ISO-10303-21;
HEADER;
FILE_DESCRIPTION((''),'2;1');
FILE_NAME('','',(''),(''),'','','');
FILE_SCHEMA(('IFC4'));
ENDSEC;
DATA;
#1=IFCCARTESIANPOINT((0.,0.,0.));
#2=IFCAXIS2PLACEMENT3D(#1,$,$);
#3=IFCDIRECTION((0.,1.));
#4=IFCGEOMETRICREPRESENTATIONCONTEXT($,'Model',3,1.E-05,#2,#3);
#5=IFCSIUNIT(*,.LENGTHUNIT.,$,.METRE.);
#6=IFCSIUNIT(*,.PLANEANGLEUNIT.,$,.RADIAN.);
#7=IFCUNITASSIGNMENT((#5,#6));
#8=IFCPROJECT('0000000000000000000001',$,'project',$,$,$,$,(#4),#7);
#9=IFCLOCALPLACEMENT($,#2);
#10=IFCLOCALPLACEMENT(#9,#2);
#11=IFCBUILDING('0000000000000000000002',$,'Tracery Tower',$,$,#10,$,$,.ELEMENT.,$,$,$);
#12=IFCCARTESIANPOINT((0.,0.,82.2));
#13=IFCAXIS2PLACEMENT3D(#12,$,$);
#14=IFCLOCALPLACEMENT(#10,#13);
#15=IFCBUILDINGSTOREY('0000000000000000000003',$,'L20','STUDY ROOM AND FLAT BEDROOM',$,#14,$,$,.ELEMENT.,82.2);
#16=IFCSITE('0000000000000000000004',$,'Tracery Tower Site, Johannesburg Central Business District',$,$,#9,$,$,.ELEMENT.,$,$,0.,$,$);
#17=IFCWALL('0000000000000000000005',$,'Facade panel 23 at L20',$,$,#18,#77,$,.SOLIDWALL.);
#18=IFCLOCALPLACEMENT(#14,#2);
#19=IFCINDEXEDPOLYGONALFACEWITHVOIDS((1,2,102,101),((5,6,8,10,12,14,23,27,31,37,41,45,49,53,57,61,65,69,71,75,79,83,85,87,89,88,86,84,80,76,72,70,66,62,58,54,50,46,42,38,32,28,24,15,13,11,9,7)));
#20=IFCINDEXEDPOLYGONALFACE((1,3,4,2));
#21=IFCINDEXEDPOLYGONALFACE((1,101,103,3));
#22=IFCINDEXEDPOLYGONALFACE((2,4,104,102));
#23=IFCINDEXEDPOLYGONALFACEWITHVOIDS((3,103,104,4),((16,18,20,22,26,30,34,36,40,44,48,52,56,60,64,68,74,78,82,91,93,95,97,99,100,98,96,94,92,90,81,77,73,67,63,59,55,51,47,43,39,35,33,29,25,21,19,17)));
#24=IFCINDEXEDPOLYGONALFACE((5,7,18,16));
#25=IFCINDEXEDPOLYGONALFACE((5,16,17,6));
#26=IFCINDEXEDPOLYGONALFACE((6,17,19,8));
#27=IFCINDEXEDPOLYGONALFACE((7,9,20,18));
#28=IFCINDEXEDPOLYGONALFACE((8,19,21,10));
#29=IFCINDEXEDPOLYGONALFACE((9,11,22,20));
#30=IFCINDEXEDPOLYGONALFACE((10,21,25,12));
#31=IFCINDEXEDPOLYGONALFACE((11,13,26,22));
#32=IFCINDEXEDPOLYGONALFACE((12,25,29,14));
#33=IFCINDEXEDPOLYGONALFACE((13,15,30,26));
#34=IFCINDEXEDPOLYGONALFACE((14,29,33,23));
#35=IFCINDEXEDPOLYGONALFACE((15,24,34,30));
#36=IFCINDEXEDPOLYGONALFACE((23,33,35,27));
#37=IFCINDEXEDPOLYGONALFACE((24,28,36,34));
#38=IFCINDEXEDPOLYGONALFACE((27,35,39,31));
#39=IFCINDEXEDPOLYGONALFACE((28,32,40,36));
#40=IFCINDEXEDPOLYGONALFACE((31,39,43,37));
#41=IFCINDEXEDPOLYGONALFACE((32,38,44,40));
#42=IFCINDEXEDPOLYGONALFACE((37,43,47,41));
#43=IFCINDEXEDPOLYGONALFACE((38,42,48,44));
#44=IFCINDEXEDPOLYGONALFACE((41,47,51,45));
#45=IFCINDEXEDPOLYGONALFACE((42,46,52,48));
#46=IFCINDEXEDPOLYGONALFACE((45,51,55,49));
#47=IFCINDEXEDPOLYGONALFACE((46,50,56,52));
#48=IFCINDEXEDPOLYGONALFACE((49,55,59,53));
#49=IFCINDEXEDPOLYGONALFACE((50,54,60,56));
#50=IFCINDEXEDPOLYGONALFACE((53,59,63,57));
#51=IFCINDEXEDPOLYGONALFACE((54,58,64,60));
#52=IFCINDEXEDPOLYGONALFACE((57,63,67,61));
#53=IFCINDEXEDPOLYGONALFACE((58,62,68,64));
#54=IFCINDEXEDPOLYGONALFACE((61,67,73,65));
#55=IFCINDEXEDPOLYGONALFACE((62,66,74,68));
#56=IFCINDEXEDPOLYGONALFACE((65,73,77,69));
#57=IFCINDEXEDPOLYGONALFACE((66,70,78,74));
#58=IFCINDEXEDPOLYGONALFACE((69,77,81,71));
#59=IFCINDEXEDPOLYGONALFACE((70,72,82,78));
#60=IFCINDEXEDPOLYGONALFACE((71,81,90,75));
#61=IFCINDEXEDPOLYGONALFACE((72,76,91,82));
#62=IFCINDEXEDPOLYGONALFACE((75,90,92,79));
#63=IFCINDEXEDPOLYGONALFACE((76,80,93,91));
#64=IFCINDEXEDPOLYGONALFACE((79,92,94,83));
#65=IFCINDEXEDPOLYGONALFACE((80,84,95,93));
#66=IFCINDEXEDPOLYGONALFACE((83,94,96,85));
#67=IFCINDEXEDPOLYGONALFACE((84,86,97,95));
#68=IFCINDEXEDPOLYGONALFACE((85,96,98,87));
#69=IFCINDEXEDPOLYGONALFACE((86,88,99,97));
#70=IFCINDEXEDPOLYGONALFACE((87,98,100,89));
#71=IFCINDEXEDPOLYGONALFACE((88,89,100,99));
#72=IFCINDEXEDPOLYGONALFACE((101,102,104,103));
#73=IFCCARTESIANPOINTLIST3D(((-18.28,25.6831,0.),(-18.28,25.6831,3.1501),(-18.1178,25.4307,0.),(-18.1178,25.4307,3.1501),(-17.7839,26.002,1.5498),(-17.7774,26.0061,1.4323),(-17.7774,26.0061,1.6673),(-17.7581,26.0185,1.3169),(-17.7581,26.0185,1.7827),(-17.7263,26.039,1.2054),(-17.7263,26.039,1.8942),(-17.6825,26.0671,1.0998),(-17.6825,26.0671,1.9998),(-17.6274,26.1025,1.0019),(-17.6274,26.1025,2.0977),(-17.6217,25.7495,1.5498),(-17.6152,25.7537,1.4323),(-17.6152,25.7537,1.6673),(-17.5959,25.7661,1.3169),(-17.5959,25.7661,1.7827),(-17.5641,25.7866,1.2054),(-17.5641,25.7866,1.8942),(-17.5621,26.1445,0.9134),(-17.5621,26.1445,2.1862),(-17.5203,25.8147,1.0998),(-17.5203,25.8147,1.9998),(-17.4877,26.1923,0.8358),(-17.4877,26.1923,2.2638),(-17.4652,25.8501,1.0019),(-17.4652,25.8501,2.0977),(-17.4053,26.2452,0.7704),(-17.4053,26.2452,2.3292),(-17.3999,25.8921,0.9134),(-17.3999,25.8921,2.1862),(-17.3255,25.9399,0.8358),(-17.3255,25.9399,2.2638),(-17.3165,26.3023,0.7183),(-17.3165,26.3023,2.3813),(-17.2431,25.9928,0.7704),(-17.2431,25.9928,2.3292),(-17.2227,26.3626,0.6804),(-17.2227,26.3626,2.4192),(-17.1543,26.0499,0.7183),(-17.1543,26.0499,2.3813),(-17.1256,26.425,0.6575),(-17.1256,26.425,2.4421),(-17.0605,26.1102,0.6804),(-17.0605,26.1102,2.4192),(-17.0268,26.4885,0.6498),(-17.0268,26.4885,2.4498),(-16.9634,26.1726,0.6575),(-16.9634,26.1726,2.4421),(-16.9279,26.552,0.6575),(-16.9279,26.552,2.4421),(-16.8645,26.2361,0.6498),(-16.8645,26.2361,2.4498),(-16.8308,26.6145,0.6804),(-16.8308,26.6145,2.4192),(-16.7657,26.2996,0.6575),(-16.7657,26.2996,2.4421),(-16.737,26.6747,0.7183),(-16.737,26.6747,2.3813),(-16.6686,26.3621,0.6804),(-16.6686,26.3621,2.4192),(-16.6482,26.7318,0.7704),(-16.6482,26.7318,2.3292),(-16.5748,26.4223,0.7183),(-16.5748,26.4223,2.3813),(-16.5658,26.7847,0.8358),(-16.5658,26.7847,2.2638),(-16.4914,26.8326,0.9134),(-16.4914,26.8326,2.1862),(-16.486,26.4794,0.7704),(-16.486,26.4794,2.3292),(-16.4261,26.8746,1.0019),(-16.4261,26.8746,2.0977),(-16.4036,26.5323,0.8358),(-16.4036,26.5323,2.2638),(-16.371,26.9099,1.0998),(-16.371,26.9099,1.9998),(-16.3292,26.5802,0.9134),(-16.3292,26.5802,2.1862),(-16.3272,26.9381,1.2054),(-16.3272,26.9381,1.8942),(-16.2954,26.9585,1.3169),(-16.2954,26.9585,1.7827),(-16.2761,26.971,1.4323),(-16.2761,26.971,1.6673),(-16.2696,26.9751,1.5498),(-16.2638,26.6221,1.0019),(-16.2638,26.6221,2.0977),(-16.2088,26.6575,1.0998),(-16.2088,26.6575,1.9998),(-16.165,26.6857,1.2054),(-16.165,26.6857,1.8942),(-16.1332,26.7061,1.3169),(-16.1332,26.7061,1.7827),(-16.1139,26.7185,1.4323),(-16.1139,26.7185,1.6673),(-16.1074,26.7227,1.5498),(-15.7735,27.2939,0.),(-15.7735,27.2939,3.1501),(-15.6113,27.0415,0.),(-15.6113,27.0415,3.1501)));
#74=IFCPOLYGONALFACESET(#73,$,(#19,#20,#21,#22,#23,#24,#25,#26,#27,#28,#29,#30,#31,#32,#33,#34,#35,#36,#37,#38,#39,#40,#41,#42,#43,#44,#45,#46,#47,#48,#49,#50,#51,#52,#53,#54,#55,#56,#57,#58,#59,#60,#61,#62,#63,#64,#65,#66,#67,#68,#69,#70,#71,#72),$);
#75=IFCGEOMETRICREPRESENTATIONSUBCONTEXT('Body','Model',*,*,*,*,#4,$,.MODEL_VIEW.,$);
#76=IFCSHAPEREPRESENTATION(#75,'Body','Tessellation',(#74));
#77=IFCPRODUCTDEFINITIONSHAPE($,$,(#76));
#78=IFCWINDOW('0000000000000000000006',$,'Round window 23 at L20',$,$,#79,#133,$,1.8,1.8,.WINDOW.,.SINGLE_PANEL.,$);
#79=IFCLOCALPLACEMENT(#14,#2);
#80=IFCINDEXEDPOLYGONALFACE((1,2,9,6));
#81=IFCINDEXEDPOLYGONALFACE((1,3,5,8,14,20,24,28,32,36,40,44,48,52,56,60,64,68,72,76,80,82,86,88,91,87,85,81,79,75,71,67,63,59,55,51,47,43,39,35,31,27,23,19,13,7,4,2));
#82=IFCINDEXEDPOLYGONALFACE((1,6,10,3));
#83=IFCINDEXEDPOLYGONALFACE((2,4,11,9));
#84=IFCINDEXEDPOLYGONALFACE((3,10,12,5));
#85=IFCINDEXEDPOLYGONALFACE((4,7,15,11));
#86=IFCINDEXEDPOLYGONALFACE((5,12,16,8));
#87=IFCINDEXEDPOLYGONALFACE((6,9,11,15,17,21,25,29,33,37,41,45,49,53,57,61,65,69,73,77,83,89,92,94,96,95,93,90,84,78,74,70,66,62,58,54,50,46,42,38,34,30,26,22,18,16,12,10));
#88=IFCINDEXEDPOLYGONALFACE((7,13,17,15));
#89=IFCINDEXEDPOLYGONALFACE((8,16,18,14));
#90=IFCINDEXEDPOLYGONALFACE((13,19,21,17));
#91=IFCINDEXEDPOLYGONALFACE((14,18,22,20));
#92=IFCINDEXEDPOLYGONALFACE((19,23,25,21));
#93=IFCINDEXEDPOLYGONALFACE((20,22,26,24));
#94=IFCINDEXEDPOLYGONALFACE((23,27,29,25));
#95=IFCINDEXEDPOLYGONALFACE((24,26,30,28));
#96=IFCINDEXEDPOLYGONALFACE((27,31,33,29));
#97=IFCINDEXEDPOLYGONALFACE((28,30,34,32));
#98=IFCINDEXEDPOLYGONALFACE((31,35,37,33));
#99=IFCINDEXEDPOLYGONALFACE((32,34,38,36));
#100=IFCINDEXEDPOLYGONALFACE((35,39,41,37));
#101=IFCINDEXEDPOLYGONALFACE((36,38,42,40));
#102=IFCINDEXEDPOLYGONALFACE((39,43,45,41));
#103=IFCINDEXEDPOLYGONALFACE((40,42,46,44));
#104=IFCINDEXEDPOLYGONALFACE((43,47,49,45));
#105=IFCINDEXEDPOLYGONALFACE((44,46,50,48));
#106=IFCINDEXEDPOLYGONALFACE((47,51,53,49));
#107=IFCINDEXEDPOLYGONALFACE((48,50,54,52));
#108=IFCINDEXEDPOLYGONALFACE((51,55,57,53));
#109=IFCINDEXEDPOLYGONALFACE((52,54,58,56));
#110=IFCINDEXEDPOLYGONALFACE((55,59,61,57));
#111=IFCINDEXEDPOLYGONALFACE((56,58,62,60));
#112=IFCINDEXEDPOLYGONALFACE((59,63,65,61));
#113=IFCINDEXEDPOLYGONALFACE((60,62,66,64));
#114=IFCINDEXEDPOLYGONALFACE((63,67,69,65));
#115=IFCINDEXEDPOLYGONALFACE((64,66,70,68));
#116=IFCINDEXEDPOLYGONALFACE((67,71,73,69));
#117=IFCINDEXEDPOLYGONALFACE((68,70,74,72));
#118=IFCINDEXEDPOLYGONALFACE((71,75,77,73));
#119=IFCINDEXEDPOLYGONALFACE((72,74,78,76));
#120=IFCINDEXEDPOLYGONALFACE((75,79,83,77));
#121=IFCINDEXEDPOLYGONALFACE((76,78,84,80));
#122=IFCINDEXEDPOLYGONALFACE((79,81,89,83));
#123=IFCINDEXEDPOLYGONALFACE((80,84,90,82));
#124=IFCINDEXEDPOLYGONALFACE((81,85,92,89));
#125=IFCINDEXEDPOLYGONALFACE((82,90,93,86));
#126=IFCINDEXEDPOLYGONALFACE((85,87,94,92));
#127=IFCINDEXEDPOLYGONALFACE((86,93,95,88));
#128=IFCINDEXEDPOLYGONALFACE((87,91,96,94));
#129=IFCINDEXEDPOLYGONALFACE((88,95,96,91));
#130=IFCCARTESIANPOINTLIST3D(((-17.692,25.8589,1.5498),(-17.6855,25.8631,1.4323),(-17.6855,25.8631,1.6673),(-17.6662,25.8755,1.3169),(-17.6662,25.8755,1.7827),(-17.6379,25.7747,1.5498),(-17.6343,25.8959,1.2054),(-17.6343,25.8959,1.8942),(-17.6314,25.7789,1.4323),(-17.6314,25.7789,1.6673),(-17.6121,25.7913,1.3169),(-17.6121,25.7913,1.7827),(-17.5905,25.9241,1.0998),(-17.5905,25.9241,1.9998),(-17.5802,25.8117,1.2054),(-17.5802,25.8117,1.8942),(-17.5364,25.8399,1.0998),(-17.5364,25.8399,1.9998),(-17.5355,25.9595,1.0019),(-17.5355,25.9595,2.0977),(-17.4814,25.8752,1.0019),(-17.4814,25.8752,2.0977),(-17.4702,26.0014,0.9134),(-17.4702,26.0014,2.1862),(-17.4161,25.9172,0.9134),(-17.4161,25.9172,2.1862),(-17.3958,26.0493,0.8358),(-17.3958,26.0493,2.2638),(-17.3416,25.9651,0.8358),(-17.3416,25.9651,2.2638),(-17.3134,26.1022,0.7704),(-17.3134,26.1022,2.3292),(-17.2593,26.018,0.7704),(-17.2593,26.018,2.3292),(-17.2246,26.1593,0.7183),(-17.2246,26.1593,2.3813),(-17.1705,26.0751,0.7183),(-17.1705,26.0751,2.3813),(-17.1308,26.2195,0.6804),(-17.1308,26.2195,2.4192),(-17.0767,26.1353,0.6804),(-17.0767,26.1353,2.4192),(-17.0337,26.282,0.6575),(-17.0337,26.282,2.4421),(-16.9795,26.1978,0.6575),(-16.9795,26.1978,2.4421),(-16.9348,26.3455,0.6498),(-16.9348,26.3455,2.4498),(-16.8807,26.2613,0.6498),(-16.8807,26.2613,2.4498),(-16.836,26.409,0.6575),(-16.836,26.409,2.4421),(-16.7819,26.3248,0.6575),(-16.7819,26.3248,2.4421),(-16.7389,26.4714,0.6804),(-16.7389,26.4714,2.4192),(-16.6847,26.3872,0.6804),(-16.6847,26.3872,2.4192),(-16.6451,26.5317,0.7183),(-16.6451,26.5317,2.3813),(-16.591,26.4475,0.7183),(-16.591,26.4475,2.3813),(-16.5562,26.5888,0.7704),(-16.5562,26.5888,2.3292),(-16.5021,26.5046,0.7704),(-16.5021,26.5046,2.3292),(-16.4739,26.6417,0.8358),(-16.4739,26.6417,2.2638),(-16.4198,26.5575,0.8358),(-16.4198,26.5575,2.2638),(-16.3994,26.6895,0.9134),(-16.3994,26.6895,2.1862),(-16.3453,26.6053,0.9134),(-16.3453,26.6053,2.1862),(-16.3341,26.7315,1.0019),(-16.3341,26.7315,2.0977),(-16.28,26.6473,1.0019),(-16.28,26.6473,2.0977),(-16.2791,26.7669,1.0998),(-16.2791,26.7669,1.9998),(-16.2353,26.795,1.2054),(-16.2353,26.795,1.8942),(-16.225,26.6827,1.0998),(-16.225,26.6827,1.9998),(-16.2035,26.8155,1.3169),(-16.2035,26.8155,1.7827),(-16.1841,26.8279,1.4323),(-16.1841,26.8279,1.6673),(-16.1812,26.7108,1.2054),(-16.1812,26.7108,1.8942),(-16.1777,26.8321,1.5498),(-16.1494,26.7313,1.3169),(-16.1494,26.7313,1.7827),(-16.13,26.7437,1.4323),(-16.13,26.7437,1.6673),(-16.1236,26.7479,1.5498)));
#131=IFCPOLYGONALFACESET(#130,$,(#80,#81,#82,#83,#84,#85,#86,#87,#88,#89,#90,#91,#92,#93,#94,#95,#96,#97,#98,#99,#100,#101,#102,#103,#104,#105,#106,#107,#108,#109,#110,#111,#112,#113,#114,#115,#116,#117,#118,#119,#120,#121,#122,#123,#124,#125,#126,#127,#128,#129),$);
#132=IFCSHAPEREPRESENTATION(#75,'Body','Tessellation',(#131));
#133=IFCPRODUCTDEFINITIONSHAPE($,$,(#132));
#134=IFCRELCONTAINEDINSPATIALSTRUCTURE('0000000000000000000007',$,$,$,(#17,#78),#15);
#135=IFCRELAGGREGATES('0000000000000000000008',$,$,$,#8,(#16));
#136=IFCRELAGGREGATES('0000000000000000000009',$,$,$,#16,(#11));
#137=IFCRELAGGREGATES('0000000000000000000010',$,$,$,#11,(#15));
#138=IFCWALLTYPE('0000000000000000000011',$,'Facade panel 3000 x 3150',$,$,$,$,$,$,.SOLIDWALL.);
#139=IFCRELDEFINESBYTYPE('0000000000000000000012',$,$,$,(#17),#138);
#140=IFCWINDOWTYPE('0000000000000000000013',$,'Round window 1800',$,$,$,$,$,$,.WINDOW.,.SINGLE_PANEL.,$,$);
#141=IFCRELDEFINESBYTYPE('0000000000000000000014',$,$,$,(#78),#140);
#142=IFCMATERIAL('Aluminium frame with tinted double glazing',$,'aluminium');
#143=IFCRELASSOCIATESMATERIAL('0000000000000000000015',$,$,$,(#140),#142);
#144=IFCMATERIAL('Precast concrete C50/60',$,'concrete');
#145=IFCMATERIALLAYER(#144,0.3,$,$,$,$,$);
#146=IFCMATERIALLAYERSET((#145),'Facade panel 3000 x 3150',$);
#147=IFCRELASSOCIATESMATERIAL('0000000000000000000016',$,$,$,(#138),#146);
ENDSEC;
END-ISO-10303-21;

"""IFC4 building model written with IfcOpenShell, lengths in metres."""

from ifc_helpers import new_model, si_unit, direction, frame, frame_2d, origin, origin_2d, place, context, subcontext, project, spatial, rectangle, circle, extrude, material, layer, layer_set, type_object, element, fill, save


model = new_model("IFC4")

# Units and contexts
model_context = context("Model", 3, precision=1e-05, world=origin(), true_north=direction((0.0, 1.0)))
body_context = subcontext(model_context, "Body", "Model", "MODEL_VIEW")
ifc_project = project(units=[si_unit("LENGTHUNIT", "METRE"), si_unit("PLANEANGLEUNIT", "RADIAN")], contexts=[model_context])

# Site, building, storey
site_placement = place(None, origin())
site = spatial("IfcSite", under=ifc_project, at=site_placement, Name="Tracery Tower Site, Johannesburg Central Business District", CompositionType="ELEMENT", RefElevation=0.0)
building_placement = place(site_placement, origin())
building = spatial("IfcBuilding", under=site, at=building_placement, Name="Tracery Tower", CompositionType="ELEMENT")
storey_placement = place(building_placement, frame((0.0, 0.0, 82.2)))
storey = spatial("IfcBuildingStorey", under=building, at=storey_placement, Name="L20", Description="STUDY ROOM AND FLAT BEDROOM", CompositionType="ELEMENT", Elevation=82.2)

# Wall, opening, window
ifc_material_1 = material(Name="Aluminium frame with tinted double glazing", Category="aluminium")
window_type = type_object("IfcWindowType", Name="Round window 1800", PartitioningType="SINGLE_PANEL", PredefinedType="WINDOW", material=ifc_material_1)
ifc_material_2 = material(Name="Precast concrete C50/60", Category="concrete")
ifc_layer_1 = layer(ifc_material_2, 0.3)
ifc_layer_set_1 = layer_set([ifc_layer_1], Name="Facade panel 3000 x 3150")
wall_type_1 = type_object("IfcWallType", Name="Facade panel 3000 x 3150", PredefinedType="SOLIDWALL", material=ifc_layer_set_1)
wall_1_placement = place(storey_placement, frame((-15.6924, 27.1677, 0.0), z_axis=(0.0, 0.0, 1.0), x_axis=(-0.841261, -0.540629, 0.0)))
wall_1 = element("IfcWall", 1, at=wall_1_placement, inside=storey, type_object=wall_type_1, Name="Facade panel 23 at L20", PredefinedType="SOLIDWALL", context=body_context, shape_type="SweptSolid", body=[
    extrude(rectangle(XDim=2.9795, YDim=0.3, at=frame_2d((1.4897, 0.0))), origin(), (0.0, 0.0, 1.0), 3.1501),
])
opening_1_placement = place(wall_1_placement, frame((1.4897, 0.0, 1.5498)))
opening_1 = element("IfcOpeningElement", 2, at=opening_1_placement, cuts=wall_1, PredefinedType="OPENING", context=body_context, shape_type="SweptSolid", body=[
    extrude(circle(Radius=0.9, at=origin_2d()), frame((0.0, 0.1599, 0.0), z_axis=(0.0, -1.0, 0.0), x_axis=(1.0, 0.0, 0.0)), (0.0, 0.0, 1.0), 0.3201),
])
window_1_placement = place(opening_1_placement, origin())
window_1 = element("IfcWindow", 3, at=window_1_placement, inside=storey, type_object=window_type, Name="Round window 23 at L20", OverallHeight=1.8, OverallWidth=1.8, PartitioningType="SINGLE_PANEL", PredefinedType="WINDOW", context=body_context, shape_type="SweptSolid", body=[
    extrude(circle(Radius=0.9, at=origin_2d()), frame((0.0, 0.1201, 0.0), z_axis=(0.0, -1.0, 0.0), x_axis=(1.0, 0.0, 0.0)), (0.0, 0.0, 1.0), 0.1001),
])
fill(opening_1, window_1)

save(model, "model.ifc")
